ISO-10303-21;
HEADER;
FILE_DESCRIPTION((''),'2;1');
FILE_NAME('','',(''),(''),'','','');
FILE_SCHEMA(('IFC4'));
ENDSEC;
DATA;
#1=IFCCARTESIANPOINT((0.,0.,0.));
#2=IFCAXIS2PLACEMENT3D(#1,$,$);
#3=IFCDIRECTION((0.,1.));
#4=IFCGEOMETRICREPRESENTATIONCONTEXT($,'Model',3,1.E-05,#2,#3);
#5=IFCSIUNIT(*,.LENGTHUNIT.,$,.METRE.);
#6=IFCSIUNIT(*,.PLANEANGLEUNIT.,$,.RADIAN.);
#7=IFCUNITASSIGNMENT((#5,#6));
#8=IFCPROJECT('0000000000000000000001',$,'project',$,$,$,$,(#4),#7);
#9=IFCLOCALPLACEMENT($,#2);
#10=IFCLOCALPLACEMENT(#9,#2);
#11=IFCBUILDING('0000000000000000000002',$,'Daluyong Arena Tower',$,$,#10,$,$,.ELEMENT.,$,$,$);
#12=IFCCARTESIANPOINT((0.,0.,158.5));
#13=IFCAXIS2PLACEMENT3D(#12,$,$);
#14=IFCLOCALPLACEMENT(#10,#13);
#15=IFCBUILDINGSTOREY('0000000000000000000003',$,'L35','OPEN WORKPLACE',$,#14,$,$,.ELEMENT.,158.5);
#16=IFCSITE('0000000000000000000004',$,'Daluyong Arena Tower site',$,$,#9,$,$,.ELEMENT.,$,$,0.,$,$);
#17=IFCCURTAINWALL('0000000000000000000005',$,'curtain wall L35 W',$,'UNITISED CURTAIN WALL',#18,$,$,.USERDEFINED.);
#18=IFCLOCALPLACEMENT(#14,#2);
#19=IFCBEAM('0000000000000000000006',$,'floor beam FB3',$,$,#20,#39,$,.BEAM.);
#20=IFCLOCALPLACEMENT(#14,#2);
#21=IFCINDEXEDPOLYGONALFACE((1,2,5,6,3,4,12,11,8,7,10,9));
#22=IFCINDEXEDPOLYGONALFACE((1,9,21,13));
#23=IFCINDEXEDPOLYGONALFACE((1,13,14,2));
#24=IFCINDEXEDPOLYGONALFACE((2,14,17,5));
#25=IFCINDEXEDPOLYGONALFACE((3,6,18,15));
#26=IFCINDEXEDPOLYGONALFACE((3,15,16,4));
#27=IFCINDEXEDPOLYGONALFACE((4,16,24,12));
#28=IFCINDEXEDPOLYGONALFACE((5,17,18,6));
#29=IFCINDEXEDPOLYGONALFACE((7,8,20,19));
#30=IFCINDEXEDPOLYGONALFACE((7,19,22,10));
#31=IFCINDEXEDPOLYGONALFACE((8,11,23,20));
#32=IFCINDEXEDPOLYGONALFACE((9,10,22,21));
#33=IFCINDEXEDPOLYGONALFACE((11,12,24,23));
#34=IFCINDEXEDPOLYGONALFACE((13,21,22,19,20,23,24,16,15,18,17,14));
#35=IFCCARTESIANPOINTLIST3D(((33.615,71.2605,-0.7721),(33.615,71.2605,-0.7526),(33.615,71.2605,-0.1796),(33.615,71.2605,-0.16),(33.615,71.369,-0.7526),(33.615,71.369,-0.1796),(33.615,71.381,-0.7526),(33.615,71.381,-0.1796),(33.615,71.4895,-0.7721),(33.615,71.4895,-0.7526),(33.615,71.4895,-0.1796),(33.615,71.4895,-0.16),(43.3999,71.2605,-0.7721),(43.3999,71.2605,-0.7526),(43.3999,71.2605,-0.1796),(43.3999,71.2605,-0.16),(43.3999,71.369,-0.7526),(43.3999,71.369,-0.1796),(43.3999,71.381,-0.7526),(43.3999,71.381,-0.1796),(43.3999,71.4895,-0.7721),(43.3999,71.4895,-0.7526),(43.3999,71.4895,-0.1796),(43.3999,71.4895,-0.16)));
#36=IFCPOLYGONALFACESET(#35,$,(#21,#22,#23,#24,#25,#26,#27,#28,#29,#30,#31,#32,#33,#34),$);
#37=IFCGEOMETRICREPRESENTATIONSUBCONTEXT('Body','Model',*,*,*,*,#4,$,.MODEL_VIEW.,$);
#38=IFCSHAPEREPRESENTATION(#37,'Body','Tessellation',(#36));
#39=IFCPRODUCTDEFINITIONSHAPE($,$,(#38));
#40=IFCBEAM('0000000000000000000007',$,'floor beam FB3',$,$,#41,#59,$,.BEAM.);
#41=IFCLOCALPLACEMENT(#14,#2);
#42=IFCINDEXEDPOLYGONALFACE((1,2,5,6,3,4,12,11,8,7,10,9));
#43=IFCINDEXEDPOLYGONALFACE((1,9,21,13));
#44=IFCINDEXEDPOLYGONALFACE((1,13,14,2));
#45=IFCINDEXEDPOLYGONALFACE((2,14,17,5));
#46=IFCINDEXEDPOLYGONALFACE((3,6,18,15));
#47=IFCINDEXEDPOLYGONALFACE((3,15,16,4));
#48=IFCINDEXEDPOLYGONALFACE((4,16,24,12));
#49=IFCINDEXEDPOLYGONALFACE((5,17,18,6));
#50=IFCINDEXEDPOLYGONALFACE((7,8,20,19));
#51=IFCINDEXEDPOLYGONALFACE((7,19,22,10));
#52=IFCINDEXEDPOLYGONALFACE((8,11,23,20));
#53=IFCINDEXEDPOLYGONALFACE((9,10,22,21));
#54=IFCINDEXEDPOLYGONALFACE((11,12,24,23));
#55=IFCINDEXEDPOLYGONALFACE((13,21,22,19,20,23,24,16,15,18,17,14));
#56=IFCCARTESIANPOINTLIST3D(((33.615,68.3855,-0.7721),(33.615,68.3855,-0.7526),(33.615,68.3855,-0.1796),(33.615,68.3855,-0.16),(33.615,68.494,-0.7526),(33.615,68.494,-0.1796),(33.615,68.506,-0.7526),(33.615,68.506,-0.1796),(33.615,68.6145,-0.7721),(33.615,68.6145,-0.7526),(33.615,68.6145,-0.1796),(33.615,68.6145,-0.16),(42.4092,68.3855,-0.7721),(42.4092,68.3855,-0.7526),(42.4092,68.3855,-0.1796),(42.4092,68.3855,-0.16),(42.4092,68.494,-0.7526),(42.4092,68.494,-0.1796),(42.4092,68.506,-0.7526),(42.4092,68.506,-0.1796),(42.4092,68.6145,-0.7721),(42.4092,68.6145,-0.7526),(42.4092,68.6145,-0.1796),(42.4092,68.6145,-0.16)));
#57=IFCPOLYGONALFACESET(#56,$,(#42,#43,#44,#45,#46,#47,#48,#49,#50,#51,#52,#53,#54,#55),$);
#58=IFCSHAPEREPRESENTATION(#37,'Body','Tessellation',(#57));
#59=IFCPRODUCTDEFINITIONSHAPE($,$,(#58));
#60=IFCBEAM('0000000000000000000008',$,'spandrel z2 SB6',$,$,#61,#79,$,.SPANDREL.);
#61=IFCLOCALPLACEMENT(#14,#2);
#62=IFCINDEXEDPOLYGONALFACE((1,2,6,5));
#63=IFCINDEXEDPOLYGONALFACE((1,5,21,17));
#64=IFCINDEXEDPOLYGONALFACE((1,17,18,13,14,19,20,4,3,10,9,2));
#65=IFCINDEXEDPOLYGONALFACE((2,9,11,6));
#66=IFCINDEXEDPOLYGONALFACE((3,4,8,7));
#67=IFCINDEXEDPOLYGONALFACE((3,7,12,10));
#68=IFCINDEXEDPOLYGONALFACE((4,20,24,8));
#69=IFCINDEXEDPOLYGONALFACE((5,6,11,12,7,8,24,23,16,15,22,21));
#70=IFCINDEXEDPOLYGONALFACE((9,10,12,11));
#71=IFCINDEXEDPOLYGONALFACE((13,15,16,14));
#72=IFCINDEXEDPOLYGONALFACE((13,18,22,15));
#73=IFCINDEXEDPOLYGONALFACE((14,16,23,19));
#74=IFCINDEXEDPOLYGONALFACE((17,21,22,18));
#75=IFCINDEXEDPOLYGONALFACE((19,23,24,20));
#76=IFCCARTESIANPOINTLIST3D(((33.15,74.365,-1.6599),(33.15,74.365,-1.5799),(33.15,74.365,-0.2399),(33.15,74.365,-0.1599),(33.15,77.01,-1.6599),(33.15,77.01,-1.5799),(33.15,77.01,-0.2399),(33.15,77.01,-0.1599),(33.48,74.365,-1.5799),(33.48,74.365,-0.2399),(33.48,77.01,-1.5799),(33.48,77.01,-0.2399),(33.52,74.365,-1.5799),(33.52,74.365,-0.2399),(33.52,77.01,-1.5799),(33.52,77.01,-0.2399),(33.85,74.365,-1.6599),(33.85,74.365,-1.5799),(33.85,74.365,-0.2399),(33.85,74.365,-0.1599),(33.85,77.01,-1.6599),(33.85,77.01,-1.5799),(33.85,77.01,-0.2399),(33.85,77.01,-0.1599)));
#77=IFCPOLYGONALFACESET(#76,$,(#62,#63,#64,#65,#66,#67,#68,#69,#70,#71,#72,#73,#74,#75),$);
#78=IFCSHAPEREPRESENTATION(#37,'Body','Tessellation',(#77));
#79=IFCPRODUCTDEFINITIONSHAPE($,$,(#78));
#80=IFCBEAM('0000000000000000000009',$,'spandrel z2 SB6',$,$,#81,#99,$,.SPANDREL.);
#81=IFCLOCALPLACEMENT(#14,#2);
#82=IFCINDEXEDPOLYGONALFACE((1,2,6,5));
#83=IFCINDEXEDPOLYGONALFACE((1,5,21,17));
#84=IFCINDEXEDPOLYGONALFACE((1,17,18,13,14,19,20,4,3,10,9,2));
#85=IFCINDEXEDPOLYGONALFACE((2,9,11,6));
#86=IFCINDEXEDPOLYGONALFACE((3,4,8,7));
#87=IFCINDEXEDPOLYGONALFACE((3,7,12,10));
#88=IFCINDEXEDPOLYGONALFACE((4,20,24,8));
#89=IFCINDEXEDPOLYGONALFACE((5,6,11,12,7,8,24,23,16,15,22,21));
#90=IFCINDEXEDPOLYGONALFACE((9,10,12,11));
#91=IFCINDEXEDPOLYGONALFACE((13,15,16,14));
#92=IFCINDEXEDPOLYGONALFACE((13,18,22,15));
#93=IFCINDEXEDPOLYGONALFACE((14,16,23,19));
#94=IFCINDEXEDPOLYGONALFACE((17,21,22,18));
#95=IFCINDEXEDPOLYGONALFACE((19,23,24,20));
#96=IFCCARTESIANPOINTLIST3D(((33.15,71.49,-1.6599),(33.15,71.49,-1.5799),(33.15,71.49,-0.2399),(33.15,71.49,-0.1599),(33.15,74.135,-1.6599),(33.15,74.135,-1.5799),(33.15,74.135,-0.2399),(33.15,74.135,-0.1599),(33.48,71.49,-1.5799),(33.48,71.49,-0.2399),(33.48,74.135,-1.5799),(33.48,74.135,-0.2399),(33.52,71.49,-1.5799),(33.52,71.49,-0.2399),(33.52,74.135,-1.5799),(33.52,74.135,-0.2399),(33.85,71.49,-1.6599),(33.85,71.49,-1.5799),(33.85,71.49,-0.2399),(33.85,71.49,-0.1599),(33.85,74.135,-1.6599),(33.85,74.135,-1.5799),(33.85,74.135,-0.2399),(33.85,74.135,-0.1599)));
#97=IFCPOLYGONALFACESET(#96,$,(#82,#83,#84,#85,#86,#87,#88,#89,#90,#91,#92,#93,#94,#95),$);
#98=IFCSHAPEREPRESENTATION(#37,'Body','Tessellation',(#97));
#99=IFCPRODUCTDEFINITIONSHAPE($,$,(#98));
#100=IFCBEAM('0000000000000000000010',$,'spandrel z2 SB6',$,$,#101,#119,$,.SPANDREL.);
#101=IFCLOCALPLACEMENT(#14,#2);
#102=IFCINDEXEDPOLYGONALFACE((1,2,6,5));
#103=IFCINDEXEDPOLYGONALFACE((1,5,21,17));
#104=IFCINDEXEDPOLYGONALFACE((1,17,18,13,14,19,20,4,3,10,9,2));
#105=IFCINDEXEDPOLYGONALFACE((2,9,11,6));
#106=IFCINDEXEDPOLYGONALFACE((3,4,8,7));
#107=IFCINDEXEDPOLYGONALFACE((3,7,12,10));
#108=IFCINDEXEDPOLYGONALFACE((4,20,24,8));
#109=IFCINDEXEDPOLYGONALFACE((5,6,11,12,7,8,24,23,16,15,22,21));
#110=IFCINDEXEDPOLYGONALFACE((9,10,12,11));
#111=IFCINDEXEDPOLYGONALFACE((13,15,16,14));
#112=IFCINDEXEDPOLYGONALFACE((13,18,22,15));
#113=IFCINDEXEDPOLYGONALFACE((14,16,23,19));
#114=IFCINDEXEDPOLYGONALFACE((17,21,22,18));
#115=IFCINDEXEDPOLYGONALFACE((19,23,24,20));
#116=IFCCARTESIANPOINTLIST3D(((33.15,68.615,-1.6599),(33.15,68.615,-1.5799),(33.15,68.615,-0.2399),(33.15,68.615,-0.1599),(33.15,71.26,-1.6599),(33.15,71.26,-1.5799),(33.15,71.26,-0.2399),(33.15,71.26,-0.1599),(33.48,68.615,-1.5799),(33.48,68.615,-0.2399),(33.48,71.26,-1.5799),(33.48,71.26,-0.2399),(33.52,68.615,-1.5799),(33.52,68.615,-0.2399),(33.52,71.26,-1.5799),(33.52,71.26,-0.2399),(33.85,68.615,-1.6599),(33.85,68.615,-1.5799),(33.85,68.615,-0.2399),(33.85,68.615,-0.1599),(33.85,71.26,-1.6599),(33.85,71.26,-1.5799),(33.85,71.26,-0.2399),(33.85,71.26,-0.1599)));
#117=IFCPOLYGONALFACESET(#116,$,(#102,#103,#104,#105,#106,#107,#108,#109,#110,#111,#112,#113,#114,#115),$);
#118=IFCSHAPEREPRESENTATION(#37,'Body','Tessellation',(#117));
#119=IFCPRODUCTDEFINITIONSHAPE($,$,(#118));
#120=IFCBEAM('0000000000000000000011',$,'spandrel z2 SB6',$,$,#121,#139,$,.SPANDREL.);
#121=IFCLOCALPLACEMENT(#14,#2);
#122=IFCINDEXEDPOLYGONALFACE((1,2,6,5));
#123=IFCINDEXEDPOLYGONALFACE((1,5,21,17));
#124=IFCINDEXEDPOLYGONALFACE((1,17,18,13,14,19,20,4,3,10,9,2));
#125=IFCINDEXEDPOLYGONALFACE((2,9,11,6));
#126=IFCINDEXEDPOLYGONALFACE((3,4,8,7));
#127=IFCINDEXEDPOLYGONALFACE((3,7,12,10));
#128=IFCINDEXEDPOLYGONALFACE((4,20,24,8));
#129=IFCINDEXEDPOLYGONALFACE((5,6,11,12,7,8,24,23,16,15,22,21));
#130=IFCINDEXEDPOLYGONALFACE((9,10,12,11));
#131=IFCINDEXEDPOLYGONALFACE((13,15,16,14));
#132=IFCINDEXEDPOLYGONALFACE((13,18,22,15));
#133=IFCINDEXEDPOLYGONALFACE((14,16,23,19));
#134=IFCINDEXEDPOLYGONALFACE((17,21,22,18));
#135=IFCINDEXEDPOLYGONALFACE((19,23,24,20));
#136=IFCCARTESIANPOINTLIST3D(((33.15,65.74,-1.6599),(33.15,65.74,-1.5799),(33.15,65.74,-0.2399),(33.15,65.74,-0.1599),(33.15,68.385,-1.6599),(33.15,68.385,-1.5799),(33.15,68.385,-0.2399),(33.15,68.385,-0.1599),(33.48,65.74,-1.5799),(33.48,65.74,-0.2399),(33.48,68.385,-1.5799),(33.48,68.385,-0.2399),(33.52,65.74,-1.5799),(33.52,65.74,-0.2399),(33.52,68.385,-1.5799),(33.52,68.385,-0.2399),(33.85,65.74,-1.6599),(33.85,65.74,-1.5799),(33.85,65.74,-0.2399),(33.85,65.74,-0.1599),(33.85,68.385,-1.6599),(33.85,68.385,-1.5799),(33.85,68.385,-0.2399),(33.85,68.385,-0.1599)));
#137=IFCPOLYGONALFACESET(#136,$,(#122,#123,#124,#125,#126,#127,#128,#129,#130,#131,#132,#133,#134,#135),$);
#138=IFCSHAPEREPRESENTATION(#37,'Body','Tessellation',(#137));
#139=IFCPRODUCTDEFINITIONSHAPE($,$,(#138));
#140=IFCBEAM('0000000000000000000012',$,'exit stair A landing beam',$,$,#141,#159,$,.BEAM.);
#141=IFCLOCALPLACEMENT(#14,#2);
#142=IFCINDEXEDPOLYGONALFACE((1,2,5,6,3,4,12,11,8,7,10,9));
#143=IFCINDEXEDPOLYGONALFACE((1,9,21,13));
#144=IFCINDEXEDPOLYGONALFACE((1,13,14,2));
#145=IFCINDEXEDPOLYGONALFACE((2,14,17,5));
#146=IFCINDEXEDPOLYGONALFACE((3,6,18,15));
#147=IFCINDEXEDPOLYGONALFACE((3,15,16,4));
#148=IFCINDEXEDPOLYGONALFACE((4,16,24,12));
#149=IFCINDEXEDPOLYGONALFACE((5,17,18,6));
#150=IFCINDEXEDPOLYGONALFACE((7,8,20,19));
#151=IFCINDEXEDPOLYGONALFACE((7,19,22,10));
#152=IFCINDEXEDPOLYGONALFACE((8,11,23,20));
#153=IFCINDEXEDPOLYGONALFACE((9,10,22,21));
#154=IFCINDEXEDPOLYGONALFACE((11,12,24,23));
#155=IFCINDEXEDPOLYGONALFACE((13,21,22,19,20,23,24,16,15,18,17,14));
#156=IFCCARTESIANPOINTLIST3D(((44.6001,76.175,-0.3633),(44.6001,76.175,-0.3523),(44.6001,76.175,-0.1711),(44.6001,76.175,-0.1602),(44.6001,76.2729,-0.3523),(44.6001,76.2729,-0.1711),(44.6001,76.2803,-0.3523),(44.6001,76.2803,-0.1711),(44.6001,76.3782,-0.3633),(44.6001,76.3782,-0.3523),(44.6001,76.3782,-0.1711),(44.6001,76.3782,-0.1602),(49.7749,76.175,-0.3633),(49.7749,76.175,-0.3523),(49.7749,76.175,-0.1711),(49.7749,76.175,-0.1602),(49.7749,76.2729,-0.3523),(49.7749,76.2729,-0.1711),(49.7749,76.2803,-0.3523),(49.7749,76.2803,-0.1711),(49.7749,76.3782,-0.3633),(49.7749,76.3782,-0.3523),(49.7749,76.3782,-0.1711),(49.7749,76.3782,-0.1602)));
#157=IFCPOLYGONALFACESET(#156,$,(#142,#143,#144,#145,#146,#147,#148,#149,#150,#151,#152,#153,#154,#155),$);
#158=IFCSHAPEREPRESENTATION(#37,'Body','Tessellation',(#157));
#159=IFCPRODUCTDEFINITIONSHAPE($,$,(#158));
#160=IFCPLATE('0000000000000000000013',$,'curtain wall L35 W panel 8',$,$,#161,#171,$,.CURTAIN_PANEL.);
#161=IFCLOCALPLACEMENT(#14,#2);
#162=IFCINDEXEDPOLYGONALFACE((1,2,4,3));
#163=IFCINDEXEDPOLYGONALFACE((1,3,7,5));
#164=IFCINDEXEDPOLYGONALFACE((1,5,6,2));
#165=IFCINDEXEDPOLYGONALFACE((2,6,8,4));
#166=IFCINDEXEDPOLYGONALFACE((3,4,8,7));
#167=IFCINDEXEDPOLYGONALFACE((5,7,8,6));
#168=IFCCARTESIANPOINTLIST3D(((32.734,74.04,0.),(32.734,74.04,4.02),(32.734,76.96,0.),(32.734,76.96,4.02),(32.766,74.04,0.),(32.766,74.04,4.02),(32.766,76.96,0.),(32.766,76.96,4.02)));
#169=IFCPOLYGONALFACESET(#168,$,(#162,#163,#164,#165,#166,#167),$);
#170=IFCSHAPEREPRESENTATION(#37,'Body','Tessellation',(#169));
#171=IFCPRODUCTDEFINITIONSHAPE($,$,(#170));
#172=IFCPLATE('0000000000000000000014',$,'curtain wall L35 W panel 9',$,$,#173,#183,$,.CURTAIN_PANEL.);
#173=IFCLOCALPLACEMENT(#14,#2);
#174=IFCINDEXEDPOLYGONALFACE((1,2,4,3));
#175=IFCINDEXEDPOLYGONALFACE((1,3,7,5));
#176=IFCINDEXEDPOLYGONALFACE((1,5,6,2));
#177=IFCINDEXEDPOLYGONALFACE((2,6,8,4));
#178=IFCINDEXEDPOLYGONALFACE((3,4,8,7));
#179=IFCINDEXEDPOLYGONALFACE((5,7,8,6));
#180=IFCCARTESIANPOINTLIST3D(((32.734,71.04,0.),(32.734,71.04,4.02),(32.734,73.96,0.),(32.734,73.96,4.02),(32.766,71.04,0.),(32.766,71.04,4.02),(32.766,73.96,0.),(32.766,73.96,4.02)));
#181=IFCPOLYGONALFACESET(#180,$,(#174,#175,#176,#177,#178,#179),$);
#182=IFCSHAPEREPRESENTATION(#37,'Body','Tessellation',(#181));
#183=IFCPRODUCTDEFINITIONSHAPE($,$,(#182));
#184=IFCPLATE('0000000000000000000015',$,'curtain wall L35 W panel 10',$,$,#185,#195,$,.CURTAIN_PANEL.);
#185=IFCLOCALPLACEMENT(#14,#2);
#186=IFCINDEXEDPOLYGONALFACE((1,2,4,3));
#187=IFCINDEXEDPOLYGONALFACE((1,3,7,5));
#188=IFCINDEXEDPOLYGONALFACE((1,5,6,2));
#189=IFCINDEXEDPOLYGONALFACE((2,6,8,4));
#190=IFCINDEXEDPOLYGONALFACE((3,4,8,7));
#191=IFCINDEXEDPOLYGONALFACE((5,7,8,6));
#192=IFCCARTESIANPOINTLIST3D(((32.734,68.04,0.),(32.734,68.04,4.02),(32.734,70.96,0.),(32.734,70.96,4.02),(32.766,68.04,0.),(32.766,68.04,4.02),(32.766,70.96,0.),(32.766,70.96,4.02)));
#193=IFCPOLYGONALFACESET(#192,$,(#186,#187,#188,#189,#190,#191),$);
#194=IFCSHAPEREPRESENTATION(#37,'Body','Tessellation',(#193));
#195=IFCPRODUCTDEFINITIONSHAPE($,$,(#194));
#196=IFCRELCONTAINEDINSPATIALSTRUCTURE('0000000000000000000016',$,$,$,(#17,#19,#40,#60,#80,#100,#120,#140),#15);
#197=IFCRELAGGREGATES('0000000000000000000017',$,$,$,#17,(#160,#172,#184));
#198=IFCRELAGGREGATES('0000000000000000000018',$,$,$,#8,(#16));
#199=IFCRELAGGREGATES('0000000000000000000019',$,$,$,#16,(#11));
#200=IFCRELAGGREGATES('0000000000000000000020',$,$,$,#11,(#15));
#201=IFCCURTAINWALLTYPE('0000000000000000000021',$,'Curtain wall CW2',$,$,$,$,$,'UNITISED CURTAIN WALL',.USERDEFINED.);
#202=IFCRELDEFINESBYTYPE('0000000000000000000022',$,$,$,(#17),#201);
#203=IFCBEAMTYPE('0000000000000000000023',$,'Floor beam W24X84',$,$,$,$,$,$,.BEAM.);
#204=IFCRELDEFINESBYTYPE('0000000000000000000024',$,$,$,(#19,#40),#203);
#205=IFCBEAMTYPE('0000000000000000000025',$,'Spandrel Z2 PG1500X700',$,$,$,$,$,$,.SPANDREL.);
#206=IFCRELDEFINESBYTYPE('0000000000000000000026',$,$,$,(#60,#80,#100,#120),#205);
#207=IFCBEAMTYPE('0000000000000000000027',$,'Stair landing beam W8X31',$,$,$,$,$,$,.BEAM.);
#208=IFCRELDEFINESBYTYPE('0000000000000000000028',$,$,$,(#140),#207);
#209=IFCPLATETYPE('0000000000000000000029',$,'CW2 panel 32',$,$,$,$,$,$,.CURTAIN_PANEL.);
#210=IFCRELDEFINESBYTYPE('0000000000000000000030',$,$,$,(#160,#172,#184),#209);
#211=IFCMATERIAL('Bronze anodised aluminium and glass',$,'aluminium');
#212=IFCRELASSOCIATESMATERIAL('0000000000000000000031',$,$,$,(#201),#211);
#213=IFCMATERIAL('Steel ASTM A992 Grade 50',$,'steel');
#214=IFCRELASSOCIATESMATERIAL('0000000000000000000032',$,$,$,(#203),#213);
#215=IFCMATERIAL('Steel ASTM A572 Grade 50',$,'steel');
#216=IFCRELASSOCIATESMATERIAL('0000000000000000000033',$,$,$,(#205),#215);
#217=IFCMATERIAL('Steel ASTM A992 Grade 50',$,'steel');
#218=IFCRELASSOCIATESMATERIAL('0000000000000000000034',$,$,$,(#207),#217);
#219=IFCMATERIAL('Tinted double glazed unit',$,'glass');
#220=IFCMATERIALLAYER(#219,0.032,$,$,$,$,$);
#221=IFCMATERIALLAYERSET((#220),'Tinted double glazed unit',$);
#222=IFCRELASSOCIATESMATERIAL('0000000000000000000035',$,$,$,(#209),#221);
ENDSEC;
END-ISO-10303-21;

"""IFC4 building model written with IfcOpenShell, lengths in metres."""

from ifc_helpers import new_model, si_unit, direction, frame, origin, origin_2d, place, context, subcontext, project, spatial, rectangle, i_section, extrude, material, layer, layer_set, material_profile, profile_set, type_object, element, aggregate, save


model = new_model("IFC4")

# Units and contexts
model_context = context("Model", 3, precision=1e-05, world=origin(), true_north=direction((0.0, 1.0)))
body_context = subcontext(model_context, "Body", "Model", "MODEL_VIEW")
ifc_project = project(units=[si_unit("LENGTHUNIT", "METRE"), si_unit("PLANEANGLEUNIT", "RADIAN")], contexts=[model_context])

# Site, building, storey
site_placement = place(None, origin())
site = spatial("IfcSite", under=ifc_project, at=site_placement, Name="Daluyong Arena Tower site", CompositionType="ELEMENT", RefElevation=0.0)
building_placement = place(site_placement, origin())
building = spatial("IfcBuilding", under=site, at=building_placement, Name="Daluyong Arena Tower", CompositionType="ELEMENT")
storey_placement = place(building_placement, frame((0.0, 0.0, 158.5)))
storey = spatial("IfcBuildingStorey", under=building, at=storey_placement, Name="L35", Description="OPEN WORKPLACE", CompositionType="ELEMENT", Elevation=158.5)

# Curtain wall
ifc_material_1 = material(Name="Bronze anodised aluminium and glass", Category="aluminium")
curtain_wall_type = type_object("IfcCurtainWallType", Name="Curtain wall CW2", ElementType="UNITISED CURTAIN WALL", PredefinedType="USERDEFINED", material=ifc_material_1)
curtain_wall_placement = place(storey_placement, origin())
curtain_wall = element("IfcCurtainWall", 1, at=curtain_wall_placement, inside=storey, type_object=curtain_wall_type, Name="curtain wall L35 W", ObjectType="UNITISED CURTAIN WALL", PredefinedType="USERDEFINED")

# Beams
ifc_material_2 = material(Name="Steel ASTM A992 Grade 50", Category="steel")
ifc_material_profile_1 = material_profile(ifc_material_2, i_section(OverallWidth=0.229, OverallDepth=0.6121, WebThickness=0.012, FlangeThickness=0.0195, at=origin_2d()))
ifc_profile_set_1 = profile_set([ifc_material_profile_1], Name="Steel ASTM A992 Grade 50")
beam_type_1 = type_object("IfcBeamType", Name="Floor beam W24X84", PredefinedType="BEAM", material=ifc_profile_set_1)
for number, where, z_axis, x_axis, name in (
    (2, (33.615, 71.375, -0.4661), (1.0, 0.0, 0.0), (0.0, 1.0, 0.0), "floor beam FB3"),
):
    element("IfcBeam", number, at=place(storey_placement, frame(where, z_axis=z_axis, x_axis=x_axis)), inside=storey, type_object=beam_type_1, Name=name, PredefinedType="BEAM", context=body_context, shape_type="SweptSolid", body=[
        extrude(i_section(OverallWidth=0.229, OverallDepth=0.6121, WebThickness=0.012, FlangeThickness=0.0195, at=origin_2d()), origin(), (0.0, 0.0, 1.0), 9.7849),
    ])
beam_1_placement = place(storey_placement, frame((33.615, 68.5, -0.4661), z_axis=(1.0, 0.0, 0.0), x_axis=(0.0, 1.0, 0.0)))
element("IfcBeam", 3, at=beam_1_placement, inside=storey, type_object=beam_type_1, Name="floor beam FB3", PredefinedType="BEAM", context=body_context, shape_type="SweptSolid", body=[
    extrude(i_section(OverallWidth=0.229, OverallDepth=0.6121, WebThickness=0.012, FlangeThickness=0.0195, at=origin_2d()), origin(), (0.0, 0.0, 1.0), 8.7942),
])
ifc_material_3 = material(Name="Steel ASTM A572 Grade 50", Category="steel")
ifc_material_profile_2 = material_profile(ifc_material_3, i_section(OverallWidth=0.7, OverallDepth=1.5, WebThickness=0.04, FlangeThickness=0.08, at=origin_2d()))
ifc_profile_set_2 = profile_set([ifc_material_profile_2], Name="Steel ASTM A572 Grade 50")
beam_type_2 = type_object("IfcBeamType", Name="Spandrel Z2 PG1500X700", PredefinedType="SPANDREL", material=ifc_profile_set_2)
for number, where, z_axis, x_axis, name in (
    (4, (33.5, 77.01, -0.9099), (0.0, -1.0, 0.0), (1.0, 0.0, 0.0), "spandrel z2 SB6"),
    (5, (33.5, 74.135, -0.9099), (0.0, -1.0, 0.0), (1.0, 0.0, 0.0), "spandrel z2 SB6"),
    (6, (33.5, 71.26, -0.9099), (0.0, -1.0, 0.0), (1.0, 0.0, 0.0), "spandrel z2 SB6"),
    (7, (33.5, 68.385, -0.9099), (0.0, -1.0, 0.0), (1.0, 0.0, 0.0), "spandrel z2 SB6"),
):
    element("IfcBeam", number, at=place(storey_placement, frame(where, z_axis=z_axis, x_axis=x_axis)), inside=storey, type_object=beam_type_2, Name=name, PredefinedType="SPANDREL", context=body_context, shape_type="SweptSolid", body=[
        extrude(i_section(OverallWidth=0.7, OverallDepth=1.5, WebThickness=0.04, FlangeThickness=0.08, at=origin_2d()), origin(), (0.0, 0.0, 1.0), 2.645),
    ])
ifc_material_4 = material(Name="Steel ASTM A992 Grade 50", Category="steel")
ifc_material_profile_3 = material_profile(ifc_material_4, i_section(OverallWidth=0.2031, OverallDepth=0.2031, WebThickness=0.0073, FlangeThickness=0.011, at=origin_2d()))
ifc_profile_set_3 = profile_set([ifc_material_profile_3], Name="Steel ASTM A992 Grade 50")
beam_type_3 = type_object("IfcBeamType", Name="Stair landing beam W8X31", PredefinedType="BEAM", material=ifc_profile_set_3)
beam_2_placement = place(storey_placement, frame((44.6001, 76.2766, -0.2617), z_axis=(1.0, 0.0, 0.0), x_axis=(0.0, 1.0, 0.0)))
element("IfcBeam", 8, at=beam_2_placement, inside=storey, type_object=beam_type_3, Name="exit stair A landing beam", PredefinedType="BEAM", context=body_context, shape_type="SweptSolid", body=[
    extrude(i_section(OverallWidth=0.2031, OverallDepth=0.2031, WebThickness=0.0073, FlangeThickness=0.011, at=origin_2d()), origin(), (0.0, 0.0, 1.0), 5.1748),
])

# Plates
ifc_material_5 = material(Name="Tinted double glazed unit", Category="glass")
ifc_layer_1 = layer(ifc_material_5, 0.032)
ifc_layer_set_1 = layer_set([ifc_layer_1], Name="Tinted double glazed unit")
plate_type = type_object("IfcPlateType", Name="CW2 panel 32", PredefinedType="CURTAIN_PANEL", material=ifc_layer_set_1)
plate_1_placement = place(storey_placement, frame((32.75, 75.5, 0.0), z_axis=(0.0, 0.0, 1.0), x_axis=(0.0, -1.0, 0.0)))
plate_1 = element("IfcPlate", 9, at=plate_1_placement, type_object=plate_type, Name="curtain wall L35 W panel 8", PredefinedType="CURTAIN_PANEL", context=body_context, shape_type="SweptSolid", body=[
    extrude(rectangle(XDim=2.9199, YDim=0.032, at=origin_2d()), origin(), (0.0, 0.0, 1.0), 4.02),
])
plate_2_placement = place(storey_placement, frame((32.75, 72.5, 0.0), z_axis=(0.0, 0.0, 1.0), x_axis=(0.0, -1.0, 0.0)))
plate_2 = element("IfcPlate", 10, at=plate_2_placement, type_object=plate_type, Name="curtain wall L35 W panel 9", PredefinedType="CURTAIN_PANEL", context=body_context, shape_type="SweptSolid", body=[
    extrude(rectangle(XDim=2.9199, YDim=0.032, at=origin_2d()), origin(), (0.0, 0.0, 1.0), 4.02),
])
plate_3_placement = place(storey_placement, frame((32.75, 69.5, 0.0), z_axis=(0.0, 0.0, 1.0), x_axis=(0.0, -1.0, 0.0)))
plate_3 = element("IfcPlate", 11, at=plate_3_placement, type_object=plate_type, Name="curtain wall L35 W panel 10", PredefinedType="CURTAIN_PANEL", context=body_context, shape_type="SweptSolid", body=[
    extrude(rectangle(XDim=2.9199, YDim=0.032, at=origin_2d()), origin(), (0.0, 0.0, 1.0), 4.02),
])
aggregate(curtain_wall, [plate_1, plate_2, plate_3])

save(model, "model.ifc")
